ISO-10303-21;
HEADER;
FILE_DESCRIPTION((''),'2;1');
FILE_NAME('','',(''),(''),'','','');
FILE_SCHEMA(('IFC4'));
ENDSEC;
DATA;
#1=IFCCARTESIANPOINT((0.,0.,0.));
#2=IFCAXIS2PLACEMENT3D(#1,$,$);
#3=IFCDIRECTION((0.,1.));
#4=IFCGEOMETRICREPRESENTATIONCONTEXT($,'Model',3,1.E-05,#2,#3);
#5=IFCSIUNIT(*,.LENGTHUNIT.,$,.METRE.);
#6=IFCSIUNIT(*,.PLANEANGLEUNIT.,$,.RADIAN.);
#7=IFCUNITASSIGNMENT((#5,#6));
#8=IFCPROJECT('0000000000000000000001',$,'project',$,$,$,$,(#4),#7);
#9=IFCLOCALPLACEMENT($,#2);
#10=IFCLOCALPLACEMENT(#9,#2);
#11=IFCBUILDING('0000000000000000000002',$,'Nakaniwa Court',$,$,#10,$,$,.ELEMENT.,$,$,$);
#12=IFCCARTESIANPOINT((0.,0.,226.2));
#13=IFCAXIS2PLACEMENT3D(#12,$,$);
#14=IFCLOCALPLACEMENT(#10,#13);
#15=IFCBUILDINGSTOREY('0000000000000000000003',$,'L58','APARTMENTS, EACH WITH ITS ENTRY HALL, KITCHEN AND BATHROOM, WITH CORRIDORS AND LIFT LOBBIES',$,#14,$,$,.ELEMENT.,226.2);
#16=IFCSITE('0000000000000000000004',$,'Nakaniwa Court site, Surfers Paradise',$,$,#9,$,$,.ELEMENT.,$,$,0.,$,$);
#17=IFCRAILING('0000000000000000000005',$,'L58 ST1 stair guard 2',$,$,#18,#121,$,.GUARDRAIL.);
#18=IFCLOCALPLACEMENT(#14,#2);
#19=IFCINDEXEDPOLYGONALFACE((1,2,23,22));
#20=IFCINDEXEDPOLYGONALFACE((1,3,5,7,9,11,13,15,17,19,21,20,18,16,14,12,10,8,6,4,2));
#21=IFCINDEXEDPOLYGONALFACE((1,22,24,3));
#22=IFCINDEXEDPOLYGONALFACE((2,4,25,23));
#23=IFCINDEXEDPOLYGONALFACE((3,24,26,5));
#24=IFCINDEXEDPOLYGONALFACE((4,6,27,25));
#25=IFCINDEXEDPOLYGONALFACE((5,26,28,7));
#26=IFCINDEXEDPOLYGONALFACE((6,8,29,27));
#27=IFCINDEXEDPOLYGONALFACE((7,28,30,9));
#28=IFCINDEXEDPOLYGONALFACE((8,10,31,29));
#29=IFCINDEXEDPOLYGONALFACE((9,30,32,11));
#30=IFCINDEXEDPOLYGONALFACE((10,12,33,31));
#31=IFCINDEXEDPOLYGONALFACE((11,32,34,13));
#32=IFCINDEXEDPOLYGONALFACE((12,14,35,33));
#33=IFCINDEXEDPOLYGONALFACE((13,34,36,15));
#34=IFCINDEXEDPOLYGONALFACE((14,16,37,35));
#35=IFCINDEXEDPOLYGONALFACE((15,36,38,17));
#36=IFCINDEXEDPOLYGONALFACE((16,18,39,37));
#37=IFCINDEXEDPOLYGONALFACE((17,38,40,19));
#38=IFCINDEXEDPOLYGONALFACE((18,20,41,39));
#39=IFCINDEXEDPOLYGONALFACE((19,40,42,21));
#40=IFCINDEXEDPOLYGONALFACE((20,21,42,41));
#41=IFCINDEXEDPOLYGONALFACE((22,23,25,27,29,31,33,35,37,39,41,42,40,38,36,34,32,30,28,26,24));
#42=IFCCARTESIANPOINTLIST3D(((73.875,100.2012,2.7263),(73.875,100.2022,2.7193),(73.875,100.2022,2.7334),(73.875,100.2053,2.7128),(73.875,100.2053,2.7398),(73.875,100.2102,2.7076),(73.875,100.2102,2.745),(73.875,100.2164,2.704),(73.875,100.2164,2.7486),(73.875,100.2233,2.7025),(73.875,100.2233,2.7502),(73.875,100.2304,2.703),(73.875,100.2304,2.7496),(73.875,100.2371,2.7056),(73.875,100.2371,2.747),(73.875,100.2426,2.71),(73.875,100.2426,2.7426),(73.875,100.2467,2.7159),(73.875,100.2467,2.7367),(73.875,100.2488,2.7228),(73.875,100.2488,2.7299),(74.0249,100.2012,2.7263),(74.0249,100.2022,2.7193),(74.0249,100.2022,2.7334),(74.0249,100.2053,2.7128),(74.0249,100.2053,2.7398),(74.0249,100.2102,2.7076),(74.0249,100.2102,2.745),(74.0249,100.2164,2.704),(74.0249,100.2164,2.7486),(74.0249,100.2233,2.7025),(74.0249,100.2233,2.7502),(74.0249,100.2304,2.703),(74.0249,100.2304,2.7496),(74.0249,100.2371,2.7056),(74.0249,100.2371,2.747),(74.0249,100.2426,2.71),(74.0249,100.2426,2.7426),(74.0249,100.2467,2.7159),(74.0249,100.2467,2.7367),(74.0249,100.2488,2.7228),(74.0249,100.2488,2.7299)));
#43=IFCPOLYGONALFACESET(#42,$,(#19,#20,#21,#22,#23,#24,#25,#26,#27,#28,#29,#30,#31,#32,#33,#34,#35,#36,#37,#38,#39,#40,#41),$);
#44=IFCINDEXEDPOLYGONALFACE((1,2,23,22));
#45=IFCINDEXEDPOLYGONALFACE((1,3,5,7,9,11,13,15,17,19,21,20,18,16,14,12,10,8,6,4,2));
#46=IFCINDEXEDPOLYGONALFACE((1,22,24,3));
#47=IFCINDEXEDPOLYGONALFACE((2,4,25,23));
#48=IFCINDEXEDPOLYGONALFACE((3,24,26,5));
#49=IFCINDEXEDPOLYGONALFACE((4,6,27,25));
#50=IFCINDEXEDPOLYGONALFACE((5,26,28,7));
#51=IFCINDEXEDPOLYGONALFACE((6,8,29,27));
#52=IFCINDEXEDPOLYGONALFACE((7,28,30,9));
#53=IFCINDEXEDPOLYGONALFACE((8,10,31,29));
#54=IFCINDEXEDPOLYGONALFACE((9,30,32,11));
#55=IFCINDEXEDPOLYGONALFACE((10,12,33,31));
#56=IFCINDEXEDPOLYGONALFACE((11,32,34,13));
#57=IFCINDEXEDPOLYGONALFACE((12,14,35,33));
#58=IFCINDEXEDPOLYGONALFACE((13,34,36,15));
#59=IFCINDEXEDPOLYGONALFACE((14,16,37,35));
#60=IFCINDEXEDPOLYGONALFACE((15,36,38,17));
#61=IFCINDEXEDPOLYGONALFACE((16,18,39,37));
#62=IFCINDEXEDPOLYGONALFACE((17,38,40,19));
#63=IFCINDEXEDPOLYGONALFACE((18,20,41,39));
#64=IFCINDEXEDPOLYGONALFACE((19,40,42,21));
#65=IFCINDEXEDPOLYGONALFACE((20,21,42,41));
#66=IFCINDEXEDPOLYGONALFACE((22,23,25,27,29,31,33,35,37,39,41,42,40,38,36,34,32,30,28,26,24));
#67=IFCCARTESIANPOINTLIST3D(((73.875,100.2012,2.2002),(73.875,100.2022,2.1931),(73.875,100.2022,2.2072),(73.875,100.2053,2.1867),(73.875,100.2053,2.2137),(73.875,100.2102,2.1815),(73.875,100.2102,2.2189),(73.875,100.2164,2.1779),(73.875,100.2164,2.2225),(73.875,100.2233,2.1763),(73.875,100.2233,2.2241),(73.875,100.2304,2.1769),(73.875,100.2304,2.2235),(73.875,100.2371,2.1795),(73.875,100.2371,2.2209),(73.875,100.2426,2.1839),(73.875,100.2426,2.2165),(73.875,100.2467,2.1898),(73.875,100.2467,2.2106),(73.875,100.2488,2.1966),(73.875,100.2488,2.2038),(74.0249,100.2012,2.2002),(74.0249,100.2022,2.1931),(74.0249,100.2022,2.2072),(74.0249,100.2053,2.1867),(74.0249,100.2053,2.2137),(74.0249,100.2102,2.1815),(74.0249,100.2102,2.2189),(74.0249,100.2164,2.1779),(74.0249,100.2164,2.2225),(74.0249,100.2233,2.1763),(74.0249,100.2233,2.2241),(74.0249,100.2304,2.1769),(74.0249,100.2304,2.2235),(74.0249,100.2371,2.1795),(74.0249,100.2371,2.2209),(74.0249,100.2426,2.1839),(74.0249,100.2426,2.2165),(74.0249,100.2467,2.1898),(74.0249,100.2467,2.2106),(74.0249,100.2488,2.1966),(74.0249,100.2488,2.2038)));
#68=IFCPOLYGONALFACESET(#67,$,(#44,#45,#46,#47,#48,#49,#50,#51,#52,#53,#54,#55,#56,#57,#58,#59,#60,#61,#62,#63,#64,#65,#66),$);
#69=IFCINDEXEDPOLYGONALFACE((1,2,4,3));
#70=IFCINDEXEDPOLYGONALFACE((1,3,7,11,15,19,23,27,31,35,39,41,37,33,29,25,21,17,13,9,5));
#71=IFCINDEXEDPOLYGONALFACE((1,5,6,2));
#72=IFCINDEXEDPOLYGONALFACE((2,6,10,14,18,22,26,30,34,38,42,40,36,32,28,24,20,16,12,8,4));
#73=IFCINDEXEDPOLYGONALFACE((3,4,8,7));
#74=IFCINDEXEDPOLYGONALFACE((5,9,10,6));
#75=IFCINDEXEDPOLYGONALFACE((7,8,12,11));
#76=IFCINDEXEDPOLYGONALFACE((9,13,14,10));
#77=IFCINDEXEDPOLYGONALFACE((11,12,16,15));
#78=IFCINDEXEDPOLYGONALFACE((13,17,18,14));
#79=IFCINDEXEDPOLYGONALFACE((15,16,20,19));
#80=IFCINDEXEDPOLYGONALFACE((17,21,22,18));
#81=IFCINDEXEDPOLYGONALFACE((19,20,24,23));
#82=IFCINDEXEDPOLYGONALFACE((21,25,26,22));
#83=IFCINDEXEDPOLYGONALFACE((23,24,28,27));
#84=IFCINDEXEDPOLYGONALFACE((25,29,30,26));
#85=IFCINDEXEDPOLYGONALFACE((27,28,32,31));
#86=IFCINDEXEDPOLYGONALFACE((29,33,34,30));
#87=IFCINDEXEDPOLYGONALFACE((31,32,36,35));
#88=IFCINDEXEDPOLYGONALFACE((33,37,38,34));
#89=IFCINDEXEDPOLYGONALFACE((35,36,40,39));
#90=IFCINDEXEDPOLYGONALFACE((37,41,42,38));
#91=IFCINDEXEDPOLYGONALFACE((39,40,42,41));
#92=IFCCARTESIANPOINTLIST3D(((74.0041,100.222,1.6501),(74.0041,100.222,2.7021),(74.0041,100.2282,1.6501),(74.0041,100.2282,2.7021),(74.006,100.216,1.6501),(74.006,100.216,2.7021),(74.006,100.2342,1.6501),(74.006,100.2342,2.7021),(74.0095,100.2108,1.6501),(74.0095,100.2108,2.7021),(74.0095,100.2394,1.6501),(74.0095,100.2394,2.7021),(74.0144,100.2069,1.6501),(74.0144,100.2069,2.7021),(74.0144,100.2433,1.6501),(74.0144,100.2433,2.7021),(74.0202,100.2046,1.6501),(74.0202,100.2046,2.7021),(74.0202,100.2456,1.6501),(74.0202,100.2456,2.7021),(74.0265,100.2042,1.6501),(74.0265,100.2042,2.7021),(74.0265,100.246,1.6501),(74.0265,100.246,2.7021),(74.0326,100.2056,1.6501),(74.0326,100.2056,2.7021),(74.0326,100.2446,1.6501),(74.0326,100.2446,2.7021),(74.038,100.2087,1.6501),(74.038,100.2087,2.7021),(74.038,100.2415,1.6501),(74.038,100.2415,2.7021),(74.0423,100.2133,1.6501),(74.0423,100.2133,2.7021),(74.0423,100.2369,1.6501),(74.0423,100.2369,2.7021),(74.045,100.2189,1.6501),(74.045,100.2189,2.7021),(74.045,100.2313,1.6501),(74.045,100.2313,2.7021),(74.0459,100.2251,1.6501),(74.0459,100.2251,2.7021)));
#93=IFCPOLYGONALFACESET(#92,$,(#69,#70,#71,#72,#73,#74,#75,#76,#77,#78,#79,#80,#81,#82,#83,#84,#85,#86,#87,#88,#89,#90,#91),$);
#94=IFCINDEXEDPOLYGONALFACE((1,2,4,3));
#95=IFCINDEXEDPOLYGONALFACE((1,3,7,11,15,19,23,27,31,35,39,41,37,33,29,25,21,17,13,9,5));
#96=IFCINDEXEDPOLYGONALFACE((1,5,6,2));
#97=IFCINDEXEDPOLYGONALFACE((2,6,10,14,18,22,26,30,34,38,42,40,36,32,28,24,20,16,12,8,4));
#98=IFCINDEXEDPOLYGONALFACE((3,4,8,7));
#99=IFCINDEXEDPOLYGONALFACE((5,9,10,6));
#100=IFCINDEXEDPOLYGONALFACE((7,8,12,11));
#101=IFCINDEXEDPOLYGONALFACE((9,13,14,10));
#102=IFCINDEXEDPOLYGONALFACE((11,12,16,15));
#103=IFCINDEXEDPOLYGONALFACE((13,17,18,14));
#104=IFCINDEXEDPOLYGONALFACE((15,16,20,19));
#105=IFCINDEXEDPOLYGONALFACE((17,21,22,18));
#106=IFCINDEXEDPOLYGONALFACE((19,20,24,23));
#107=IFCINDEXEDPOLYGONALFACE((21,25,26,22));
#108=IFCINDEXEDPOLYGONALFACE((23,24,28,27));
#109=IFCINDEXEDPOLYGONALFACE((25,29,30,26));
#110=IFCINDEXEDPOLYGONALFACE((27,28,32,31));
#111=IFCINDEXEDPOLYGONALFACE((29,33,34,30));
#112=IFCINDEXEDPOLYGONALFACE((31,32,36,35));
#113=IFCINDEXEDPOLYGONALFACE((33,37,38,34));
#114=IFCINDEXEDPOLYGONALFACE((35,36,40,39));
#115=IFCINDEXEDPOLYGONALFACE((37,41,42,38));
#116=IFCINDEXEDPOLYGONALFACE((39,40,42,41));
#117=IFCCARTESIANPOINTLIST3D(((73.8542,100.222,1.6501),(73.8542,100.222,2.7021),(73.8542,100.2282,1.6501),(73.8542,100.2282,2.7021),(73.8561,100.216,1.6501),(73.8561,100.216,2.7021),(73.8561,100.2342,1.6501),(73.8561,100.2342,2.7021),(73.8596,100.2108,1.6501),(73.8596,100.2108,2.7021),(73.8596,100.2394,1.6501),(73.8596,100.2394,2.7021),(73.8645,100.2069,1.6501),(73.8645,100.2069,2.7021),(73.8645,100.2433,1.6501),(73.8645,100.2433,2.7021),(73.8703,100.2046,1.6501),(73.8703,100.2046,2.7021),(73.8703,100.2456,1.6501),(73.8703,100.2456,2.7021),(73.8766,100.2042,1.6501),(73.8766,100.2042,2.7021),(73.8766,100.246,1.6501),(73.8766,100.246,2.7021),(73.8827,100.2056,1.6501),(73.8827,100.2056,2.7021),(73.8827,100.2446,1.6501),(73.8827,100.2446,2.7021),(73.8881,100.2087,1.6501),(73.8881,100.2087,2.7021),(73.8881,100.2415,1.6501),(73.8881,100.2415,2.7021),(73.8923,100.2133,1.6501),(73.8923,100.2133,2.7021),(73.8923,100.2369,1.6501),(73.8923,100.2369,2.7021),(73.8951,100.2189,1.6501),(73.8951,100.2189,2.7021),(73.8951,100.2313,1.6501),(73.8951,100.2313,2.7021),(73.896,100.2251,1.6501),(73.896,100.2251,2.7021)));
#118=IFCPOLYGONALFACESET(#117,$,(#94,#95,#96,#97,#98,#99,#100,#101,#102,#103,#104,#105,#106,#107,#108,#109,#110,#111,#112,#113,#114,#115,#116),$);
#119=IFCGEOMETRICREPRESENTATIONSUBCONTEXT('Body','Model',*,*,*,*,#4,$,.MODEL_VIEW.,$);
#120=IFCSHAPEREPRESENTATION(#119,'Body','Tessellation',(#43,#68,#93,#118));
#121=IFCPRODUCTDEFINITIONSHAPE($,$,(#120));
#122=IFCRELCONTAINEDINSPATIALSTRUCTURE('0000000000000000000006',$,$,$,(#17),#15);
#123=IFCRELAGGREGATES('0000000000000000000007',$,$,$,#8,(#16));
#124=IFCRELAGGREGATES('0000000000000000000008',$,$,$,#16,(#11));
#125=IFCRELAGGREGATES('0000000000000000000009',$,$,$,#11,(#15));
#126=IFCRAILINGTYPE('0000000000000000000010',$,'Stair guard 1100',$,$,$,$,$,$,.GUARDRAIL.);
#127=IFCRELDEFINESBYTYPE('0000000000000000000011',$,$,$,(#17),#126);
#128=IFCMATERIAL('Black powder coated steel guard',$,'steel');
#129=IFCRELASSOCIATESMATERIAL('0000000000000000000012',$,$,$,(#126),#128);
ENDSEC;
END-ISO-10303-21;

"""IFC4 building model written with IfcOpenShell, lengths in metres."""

from ifc_helpers import new_model, si_unit, direction, frame, origin, origin_2d, place, context, subcontext, project, spatial, circle, extrude, material, type_object, element, save


model = new_model("IFC4")

# Units and contexts
model_context = context("Model", 3, precision=1e-05, world=origin(), true_north=direction((0.0, 1.0)))
body_context = subcontext(model_context, "Body", "Model", "MODEL_VIEW")
ifc_project = project(units=[si_unit("LENGTHUNIT", "METRE"), si_unit("PLANEANGLEUNIT", "RADIAN")], contexts=[model_context])

# Site, building, storey
site_placement = place(None, origin())
site = spatial("IfcSite", under=ifc_project, at=site_placement, Name="Nakaniwa Court site, Surfers Paradise", CompositionType="ELEMENT", RefElevation=0.0)
building_placement = place(site_placement, origin())
building = spatial("IfcBuilding", under=site, at=building_placement, Name="Nakaniwa Court", CompositionType="ELEMENT")
storey_placement = place(building_placement, frame((0.0, 0.0, 226.2)))
storey = spatial("IfcBuildingStorey", under=building, at=storey_placement, Name="L58", Description="APARTMENTS, EACH WITH ITS ENTRY HALL, KITCHEN AND BATHROOM, WITH CORRIDORS AND LIFT LOBBIES", CompositionType="ELEMENT", Elevation=226.2)

# Railing
ifc_material_1 = material(Name="Black powder coated steel guard", Category="steel")
railing_type_1 = type_object("IfcRailingType", Name="Stair guard 1100", PredefinedType="GUARDRAIL", material=ifc_material_1)
railing_1_placement = place(storey_placement, frame((74.0249, 100.2251, 1.6501)))
element("IfcRailing", 1, at=railing_1_placement, inside=storey, type_object=railing_type_1, Name="L58 ST1 stair guard 2", PredefinedType="GUARDRAIL", context=body_context, shape_type="SweptSolid", body=[
    extrude(circle(Radius=0.0239, at=origin_2d()), frame((0.0, 0.0, 1.0762), z_axis=(-1.0, 0.0, 0.0), x_axis=(0.0, -1.0, 0.0)), (0.0, 0.0, 1.0), 0.1499),
    extrude(circle(Radius=0.0239, at=origin_2d()), frame((0.0, 0.0, 0.55), z_axis=(-1.0, 0.0, 0.0), x_axis=(0.0, -1.0, 0.0)), (0.0, 0.0, 1.0), 0.1499),
    extrude(circle(Radius=0.021, at=origin_2d()), origin(), (0.0, 0.0, 1.0), 1.052),
    extrude(circle(Radius=0.021, at=origin_2d()), frame((-0.1499, 0.0, 0.0)), (0.0, 0.0, 1.0), 1.052),
])

save(model, "model.ifc")
